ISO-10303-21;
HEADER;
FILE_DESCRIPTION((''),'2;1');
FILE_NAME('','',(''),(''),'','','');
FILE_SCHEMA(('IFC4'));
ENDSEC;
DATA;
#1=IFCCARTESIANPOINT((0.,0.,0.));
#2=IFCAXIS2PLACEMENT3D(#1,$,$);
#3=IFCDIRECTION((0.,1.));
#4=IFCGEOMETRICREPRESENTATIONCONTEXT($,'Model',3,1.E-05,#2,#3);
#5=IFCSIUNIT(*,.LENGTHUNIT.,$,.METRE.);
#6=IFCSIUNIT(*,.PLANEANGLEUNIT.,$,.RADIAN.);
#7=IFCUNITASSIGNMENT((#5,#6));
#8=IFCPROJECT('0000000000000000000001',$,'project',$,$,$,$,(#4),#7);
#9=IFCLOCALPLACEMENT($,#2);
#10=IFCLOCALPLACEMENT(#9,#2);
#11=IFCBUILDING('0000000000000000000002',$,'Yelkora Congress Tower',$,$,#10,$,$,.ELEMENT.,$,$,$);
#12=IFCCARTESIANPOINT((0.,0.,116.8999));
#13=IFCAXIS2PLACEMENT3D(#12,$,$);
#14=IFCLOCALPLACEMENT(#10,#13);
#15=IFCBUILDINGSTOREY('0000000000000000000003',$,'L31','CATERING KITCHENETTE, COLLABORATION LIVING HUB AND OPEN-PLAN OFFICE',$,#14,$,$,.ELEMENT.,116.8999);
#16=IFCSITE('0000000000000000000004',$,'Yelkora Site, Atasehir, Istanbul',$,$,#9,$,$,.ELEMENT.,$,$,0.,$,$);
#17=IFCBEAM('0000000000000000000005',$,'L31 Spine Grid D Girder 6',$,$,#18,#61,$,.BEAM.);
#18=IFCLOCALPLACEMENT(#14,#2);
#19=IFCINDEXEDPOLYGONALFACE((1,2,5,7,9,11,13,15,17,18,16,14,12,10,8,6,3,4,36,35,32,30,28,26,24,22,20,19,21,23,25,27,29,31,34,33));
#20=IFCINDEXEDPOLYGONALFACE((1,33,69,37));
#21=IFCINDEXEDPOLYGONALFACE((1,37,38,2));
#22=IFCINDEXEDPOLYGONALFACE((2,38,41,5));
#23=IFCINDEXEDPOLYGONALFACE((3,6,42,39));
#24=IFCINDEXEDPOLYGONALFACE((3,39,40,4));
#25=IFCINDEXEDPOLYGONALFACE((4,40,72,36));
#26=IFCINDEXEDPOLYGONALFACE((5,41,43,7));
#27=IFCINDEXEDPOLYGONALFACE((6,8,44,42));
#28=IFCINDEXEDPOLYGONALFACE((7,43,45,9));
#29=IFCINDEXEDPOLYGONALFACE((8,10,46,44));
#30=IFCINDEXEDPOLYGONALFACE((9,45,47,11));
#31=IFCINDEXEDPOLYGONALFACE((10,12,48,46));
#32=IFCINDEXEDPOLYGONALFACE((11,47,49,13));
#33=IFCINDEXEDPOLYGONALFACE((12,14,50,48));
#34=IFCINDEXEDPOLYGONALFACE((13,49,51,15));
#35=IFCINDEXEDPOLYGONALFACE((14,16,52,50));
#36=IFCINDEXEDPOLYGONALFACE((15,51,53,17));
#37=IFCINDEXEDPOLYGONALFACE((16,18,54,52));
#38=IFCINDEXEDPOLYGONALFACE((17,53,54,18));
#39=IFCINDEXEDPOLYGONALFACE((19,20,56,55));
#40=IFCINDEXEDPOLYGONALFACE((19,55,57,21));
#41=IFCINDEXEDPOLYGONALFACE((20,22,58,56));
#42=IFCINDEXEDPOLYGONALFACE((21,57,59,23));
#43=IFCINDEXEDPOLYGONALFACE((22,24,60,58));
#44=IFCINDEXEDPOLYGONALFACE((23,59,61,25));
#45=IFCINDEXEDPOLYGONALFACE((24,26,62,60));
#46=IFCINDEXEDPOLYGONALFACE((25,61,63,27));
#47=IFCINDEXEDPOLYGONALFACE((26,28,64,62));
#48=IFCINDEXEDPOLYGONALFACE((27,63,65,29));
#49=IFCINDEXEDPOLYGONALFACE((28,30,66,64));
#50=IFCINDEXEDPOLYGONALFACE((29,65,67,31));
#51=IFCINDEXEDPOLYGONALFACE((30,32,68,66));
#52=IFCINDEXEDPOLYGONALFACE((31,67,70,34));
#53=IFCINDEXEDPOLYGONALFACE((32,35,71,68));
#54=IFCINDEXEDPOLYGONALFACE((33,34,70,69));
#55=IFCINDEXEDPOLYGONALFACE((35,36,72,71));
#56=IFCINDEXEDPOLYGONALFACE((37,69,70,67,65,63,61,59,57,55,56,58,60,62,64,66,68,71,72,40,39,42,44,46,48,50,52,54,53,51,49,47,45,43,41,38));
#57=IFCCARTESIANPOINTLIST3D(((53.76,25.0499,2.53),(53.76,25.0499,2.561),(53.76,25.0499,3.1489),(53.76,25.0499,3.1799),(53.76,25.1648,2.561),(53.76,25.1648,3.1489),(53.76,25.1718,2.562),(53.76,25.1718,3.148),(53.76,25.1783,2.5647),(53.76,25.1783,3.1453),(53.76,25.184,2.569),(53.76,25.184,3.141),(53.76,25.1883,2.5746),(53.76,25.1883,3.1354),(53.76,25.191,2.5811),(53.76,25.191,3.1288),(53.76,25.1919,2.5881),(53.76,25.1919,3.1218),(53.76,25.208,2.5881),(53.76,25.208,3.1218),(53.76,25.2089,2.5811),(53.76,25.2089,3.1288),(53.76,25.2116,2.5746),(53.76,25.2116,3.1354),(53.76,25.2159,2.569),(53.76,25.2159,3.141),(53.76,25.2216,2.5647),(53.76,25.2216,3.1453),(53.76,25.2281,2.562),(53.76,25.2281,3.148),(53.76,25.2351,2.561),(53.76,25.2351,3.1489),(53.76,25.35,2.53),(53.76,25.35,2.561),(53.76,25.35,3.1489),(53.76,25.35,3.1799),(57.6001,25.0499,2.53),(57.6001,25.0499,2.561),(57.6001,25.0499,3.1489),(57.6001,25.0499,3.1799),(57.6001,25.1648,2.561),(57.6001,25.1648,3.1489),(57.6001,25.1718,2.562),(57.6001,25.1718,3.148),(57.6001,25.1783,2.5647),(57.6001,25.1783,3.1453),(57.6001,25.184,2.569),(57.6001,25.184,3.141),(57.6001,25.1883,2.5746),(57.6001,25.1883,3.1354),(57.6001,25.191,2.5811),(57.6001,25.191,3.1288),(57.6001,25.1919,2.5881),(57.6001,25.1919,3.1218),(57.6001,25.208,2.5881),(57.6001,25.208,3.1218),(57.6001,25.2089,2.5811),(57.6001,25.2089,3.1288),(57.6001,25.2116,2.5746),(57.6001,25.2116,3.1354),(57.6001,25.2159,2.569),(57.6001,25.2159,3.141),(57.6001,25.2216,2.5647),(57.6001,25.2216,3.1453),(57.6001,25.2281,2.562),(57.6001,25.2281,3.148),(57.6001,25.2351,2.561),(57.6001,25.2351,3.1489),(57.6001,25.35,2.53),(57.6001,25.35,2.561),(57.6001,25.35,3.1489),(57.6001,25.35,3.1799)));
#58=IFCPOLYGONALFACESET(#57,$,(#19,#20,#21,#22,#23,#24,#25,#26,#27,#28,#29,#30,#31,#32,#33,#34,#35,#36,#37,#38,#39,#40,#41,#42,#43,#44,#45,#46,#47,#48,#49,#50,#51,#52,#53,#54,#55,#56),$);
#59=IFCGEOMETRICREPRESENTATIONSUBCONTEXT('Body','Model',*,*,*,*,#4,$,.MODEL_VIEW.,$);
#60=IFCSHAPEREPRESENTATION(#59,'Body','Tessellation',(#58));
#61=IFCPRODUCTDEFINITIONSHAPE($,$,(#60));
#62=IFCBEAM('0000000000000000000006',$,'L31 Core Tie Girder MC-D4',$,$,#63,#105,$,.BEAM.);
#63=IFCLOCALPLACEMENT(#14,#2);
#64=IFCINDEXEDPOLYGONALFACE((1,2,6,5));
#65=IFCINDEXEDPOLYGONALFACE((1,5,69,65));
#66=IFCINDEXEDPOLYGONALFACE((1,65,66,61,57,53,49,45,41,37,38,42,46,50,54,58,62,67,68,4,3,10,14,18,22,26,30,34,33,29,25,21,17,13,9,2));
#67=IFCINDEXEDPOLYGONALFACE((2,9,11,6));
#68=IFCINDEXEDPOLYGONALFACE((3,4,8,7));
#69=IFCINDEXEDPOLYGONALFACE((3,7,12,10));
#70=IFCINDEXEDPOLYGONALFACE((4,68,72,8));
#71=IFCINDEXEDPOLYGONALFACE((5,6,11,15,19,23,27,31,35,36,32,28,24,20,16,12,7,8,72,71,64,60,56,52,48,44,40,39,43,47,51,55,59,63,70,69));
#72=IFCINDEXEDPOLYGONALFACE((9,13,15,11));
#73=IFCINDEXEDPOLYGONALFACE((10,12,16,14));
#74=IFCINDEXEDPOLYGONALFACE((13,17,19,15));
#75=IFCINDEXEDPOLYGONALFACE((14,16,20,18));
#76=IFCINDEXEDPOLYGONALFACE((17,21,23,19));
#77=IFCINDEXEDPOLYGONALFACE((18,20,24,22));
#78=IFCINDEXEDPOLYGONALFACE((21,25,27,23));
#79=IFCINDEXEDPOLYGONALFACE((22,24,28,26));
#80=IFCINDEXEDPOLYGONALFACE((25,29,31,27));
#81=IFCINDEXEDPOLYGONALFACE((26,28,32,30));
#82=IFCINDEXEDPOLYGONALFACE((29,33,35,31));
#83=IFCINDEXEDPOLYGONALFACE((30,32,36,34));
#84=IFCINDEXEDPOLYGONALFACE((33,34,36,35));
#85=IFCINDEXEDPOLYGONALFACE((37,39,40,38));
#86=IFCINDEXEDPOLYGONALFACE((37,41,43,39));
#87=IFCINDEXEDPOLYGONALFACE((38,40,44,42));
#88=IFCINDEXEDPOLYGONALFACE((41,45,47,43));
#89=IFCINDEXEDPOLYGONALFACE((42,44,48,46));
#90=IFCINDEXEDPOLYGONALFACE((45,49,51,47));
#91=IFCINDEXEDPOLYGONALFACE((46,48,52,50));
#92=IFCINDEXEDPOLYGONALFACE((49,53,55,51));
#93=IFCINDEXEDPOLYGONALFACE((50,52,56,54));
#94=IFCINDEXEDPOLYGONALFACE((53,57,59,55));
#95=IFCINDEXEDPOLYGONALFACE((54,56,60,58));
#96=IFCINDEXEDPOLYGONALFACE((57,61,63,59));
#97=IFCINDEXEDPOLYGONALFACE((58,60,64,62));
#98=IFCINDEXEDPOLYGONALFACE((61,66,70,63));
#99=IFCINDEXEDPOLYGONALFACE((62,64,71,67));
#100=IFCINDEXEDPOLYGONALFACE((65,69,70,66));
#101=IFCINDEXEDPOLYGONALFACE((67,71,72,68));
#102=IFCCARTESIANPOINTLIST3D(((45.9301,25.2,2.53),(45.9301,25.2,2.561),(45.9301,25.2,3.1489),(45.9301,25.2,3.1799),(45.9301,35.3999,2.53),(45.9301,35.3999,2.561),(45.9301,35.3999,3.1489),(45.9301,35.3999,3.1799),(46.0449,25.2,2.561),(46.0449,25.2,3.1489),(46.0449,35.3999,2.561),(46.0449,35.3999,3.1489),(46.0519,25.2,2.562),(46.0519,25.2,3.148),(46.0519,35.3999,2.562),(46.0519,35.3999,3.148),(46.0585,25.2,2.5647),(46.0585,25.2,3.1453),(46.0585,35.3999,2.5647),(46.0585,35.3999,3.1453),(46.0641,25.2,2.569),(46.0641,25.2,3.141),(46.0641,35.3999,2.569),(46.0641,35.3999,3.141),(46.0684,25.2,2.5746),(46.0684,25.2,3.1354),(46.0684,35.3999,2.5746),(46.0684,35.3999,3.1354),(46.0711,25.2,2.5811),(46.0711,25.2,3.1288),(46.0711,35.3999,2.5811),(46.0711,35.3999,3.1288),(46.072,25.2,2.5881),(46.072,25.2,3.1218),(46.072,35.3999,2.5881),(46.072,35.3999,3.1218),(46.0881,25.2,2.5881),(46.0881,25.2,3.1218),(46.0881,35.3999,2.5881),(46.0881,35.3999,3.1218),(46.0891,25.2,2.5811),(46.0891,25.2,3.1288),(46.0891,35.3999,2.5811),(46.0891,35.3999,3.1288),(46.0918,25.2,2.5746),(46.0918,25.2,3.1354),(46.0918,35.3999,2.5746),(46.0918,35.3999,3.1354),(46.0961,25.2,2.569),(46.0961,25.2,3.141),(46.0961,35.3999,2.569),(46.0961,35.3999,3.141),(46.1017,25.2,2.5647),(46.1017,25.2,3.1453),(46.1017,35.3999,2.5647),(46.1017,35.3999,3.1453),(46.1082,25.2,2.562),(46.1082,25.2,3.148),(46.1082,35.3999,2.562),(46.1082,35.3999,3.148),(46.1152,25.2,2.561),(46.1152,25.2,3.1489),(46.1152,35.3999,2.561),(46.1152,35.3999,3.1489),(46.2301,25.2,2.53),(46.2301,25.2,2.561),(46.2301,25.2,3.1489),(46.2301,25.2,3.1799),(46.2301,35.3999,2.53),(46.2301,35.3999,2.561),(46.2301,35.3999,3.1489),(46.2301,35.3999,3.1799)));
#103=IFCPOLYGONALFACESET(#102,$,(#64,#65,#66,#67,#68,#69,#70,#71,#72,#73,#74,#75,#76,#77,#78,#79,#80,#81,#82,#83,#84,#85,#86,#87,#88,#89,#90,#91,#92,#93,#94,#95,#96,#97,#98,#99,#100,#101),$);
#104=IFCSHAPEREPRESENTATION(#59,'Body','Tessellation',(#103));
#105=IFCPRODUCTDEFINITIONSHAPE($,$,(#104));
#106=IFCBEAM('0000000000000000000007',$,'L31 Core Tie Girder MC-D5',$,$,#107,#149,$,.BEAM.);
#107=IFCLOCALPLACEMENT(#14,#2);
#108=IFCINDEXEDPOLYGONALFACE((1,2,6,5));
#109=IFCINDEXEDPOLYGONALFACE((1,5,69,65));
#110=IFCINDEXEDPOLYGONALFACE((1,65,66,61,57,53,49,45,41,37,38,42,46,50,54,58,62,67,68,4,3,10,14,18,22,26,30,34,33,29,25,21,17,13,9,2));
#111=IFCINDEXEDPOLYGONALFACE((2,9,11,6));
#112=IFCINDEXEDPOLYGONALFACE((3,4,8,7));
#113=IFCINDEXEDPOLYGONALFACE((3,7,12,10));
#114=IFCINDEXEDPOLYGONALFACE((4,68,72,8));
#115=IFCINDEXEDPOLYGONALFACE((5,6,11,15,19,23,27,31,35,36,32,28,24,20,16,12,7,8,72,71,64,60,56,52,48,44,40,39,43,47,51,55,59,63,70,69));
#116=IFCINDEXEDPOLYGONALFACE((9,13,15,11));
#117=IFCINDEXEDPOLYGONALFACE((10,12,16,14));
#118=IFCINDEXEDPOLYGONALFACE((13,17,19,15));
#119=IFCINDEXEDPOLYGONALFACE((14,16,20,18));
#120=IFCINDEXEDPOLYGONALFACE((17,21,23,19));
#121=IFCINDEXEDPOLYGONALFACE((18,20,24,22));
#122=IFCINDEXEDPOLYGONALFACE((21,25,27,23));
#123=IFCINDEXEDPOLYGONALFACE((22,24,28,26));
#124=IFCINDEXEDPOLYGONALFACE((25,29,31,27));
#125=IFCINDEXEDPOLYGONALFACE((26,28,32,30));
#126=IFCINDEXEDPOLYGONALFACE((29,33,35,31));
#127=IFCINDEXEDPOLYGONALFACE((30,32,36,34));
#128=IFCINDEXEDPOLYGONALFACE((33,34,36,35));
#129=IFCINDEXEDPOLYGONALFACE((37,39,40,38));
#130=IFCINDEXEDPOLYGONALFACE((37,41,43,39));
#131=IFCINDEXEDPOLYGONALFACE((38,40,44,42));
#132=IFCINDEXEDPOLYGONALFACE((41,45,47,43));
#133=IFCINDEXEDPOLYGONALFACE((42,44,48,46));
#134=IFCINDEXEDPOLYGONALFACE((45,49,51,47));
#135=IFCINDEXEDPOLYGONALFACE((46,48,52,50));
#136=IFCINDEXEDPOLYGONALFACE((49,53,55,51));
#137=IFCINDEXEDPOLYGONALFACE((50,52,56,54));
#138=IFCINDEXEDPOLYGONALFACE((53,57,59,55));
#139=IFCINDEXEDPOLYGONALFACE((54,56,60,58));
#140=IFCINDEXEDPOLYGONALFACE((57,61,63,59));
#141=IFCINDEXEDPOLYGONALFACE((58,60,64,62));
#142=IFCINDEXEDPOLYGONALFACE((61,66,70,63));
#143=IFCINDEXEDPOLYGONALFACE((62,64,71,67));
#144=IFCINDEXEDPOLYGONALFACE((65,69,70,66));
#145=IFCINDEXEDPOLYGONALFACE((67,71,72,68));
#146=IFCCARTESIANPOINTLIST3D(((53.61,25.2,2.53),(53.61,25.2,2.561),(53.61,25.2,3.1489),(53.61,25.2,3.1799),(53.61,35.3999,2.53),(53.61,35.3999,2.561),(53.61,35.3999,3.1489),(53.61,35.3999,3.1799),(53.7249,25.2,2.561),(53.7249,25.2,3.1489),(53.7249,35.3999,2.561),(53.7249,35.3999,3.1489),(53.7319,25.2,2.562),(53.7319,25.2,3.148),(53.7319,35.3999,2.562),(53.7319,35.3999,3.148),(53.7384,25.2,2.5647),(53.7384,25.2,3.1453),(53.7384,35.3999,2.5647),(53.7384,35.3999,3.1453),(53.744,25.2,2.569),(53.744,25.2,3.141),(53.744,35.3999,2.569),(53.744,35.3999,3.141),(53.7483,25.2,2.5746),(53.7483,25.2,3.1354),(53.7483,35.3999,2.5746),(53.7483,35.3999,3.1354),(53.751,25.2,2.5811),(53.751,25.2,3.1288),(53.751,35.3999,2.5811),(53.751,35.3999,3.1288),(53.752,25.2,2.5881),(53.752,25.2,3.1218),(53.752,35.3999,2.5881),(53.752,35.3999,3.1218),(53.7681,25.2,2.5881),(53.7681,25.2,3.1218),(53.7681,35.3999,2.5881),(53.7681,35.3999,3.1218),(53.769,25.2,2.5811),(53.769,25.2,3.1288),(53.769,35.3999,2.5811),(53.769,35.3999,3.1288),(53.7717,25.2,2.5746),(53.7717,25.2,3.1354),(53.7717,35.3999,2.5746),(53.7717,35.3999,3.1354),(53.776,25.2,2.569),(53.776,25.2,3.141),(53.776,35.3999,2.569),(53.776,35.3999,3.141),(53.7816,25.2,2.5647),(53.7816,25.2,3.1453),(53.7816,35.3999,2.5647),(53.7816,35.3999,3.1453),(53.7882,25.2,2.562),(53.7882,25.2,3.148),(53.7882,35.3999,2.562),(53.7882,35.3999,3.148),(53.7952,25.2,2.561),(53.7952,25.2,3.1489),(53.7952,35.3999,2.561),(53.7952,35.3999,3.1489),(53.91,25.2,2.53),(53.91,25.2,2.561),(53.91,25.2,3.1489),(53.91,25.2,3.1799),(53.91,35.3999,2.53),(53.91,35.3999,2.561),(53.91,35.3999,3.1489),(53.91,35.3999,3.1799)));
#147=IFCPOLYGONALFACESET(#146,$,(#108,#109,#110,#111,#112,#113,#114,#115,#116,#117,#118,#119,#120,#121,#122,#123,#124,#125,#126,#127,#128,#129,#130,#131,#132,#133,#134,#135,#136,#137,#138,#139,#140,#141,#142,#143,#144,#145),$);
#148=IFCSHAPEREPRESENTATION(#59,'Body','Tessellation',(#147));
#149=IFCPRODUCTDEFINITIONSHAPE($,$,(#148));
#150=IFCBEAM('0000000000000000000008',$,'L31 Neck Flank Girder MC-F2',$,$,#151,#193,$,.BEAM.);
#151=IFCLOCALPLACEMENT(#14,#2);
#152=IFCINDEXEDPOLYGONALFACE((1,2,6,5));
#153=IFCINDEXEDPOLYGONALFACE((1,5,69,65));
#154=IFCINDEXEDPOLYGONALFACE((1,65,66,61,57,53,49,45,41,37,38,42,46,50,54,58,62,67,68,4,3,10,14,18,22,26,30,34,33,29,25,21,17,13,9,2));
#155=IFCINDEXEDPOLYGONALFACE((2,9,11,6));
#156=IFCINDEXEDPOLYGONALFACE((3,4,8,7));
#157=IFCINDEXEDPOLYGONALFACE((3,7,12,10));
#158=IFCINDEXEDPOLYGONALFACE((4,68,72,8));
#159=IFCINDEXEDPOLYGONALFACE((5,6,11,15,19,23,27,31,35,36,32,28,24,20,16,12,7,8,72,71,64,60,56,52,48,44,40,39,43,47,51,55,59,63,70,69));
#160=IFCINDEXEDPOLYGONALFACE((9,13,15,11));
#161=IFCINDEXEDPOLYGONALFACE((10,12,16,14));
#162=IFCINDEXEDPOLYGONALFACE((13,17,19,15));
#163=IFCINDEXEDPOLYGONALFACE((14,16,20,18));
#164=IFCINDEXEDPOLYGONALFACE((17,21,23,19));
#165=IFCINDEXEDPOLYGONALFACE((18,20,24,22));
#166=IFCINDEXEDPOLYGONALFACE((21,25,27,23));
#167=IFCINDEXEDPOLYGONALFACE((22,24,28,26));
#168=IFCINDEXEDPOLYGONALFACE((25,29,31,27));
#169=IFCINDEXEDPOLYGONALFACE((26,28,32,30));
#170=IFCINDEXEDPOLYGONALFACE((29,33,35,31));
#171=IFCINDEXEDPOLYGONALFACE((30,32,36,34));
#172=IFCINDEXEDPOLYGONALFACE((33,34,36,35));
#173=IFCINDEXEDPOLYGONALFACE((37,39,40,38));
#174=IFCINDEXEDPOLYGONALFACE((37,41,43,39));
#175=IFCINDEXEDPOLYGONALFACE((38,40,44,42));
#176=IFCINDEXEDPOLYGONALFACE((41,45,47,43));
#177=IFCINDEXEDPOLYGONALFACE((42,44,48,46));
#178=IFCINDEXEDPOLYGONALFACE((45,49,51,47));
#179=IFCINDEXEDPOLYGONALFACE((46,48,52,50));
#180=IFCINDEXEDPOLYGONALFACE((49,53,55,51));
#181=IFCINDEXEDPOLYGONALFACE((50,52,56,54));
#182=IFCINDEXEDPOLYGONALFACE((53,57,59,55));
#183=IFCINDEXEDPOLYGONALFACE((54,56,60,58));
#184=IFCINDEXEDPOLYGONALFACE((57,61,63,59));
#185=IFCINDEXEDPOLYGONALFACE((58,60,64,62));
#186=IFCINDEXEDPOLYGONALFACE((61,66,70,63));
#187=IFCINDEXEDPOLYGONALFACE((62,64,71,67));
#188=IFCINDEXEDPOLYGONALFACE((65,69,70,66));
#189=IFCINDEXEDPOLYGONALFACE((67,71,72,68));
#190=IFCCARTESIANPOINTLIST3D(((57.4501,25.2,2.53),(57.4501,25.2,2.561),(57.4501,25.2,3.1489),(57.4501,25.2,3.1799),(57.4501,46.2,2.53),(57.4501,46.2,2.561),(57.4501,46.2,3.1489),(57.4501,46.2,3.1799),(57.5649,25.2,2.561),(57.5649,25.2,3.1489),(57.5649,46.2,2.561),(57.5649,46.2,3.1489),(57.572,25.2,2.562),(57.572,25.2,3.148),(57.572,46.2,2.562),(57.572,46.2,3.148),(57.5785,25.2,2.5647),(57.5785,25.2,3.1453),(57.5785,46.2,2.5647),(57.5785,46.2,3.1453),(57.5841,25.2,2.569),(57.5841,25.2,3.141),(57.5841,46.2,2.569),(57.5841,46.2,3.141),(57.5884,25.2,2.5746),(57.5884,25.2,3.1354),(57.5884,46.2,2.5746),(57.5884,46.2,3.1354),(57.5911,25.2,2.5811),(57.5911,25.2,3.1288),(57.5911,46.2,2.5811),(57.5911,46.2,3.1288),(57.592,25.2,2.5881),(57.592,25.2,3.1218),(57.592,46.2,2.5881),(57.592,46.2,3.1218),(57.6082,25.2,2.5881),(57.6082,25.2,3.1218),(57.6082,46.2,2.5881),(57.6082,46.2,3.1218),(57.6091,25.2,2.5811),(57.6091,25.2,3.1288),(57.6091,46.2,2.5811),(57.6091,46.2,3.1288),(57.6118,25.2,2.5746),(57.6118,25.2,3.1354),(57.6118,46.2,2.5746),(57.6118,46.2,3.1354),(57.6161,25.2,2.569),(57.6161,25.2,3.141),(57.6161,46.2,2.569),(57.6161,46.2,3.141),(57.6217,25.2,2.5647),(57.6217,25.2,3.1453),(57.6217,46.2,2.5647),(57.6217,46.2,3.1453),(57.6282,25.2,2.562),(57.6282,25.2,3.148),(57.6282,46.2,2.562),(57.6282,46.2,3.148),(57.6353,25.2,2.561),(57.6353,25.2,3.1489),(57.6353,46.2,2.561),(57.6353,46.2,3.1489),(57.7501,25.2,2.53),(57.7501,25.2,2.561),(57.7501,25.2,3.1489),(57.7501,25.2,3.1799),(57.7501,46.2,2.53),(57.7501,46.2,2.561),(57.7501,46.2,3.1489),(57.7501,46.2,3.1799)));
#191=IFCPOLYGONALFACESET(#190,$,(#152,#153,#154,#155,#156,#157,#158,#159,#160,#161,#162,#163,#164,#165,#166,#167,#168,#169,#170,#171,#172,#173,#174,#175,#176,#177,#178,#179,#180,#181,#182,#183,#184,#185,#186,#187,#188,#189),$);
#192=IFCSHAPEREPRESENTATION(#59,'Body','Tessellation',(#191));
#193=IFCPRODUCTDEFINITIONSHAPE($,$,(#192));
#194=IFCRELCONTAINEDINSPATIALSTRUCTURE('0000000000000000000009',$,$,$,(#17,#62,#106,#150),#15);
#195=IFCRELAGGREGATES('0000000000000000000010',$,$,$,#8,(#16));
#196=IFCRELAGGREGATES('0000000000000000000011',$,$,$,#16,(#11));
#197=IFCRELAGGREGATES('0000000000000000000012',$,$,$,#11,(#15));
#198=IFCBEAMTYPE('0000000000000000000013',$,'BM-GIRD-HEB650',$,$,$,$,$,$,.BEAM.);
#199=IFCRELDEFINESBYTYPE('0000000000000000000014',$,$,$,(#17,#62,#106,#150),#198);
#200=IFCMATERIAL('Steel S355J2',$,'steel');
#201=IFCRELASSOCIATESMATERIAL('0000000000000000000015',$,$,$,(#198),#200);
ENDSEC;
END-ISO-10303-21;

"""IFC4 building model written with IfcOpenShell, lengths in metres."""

from ifc_helpers import new_model, si_unit, direction, frame, origin, origin_2d, place, context, subcontext, project, spatial, i_section, extrude, material, material_profile, profile_set, type_object, element, save


model = new_model("IFC4")

# Units and contexts
model_context = context("Model", 3, precision=1e-05, world=origin(), true_north=direction((0.0, 1.0)))
body_context = subcontext(model_context, "Body", "Model", "MODEL_VIEW")
ifc_project = project(units=[si_unit("LENGTHUNIT", "METRE"), si_unit("PLANEANGLEUNIT", "RADIAN")], contexts=[model_context])

# Site, building, storey
site_placement = place(None, origin())
site = spatial("IfcSite", under=ifc_project, at=site_placement, Name="Yelkora Site, Atasehir, Istanbul", CompositionType="ELEMENT", RefElevation=0.0)
building_placement = place(site_placement, origin())
building = spatial("IfcBuilding", under=site, at=building_placement, Name="Yelkora Congress Tower", CompositionType="ELEMENT")
storey_placement = place(building_placement, frame((0.0, 0.0, 116.8999)))
storey = spatial("IfcBuildingStorey", under=building, at=storey_placement, Name="L31", Description="CATERING KITCHENETTE, COLLABORATION LIVING HUB AND OPEN-PLAN OFFICE", CompositionType="ELEMENT", Elevation=116.8999)

# Beams
ifc_material_1 = material(Name="Steel S355J2", Category="steel")
ifc_material_profile_1 = material_profile(ifc_material_1, i_section(OverallWidth=0.3, OverallDepth=0.6499, WebThickness=0.0161, FlangeThickness=0.031, FilletRadius=0.0271, at=origin_2d()), Name="HEB 650")
ifc_profile_set_1 = profile_set([ifc_material_profile_1], Name="Steel S355J2")
beam_type_1 = type_object("IfcBeamType", Name="BM-GIRD-HEB650", PredefinedType="BEAM", material=ifc_profile_set_1)
beam_1_placement = place(storey_placement, frame((53.76, 25.2, 2.855), z_axis=(1.0, 0.0, 0.0), x_axis=(0.0, 1.0, 0.0)))
element("IfcBeam", 1, at=beam_1_placement, inside=storey, type_object=beam_type_1, Name="L31 Spine Grid D Girder 6", PredefinedType="BEAM", context=body_context, shape_type="SweptSolid", body=[
    extrude(i_section(OverallWidth=0.3, OverallDepth=0.6499, WebThickness=0.0161, FlangeThickness=0.031, FilletRadius=0.0271, at=origin_2d()), origin(), (0.0, 0.0, 1.0), 3.8401),
])
for number, where, z_axis, x_axis, name in (
    (2, (46.0801, 25.2, 2.855), (0.0, 1.0, 0.0), (-1.0, 0.0, 0.0), "L31 Core Tie Girder MC-D4"),
    (3, (53.76, 25.2, 2.855), (0.0, 1.0, 0.0), (-1.0, 0.0, 0.0), "L31 Core Tie Girder MC-D5"),
):
    element("IfcBeam", number, at=place(storey_placement, frame(where, z_axis=z_axis, x_axis=x_axis)), inside=storey, type_object=beam_type_1, Name=name, PredefinedType="BEAM", context=body_context, shape_type="SweptSolid", body=[
        extrude(i_section(OverallWidth=0.3, OverallDepth=0.6499, WebThickness=0.0161, FlangeThickness=0.031, FilletRadius=0.0271, at=origin_2d()), origin(), (0.0, 0.0, 1.0), 10.2),
    ])
beam_2_placement = place(storey_placement, frame((57.6001, 25.2, 2.855), z_axis=(0.0, 1.0, 0.0), x_axis=(-1.0, 0.0, 0.0)))
element("IfcBeam", 4, at=beam_2_placement, inside=storey, type_object=beam_type_1, Name="L31 Neck Flank Girder MC-F2", PredefinedType="BEAM", context=body_context, shape_type="SweptSolid", body=[
    extrude(i_section(OverallWidth=0.3, OverallDepth=0.6499, WebThickness=0.0161, FlangeThickness=0.031, FilletRadius=0.0271, at=origin_2d()), origin(), (0.0, 0.0, 1.0), 21.0),
])

save(model, "model.ifc")
